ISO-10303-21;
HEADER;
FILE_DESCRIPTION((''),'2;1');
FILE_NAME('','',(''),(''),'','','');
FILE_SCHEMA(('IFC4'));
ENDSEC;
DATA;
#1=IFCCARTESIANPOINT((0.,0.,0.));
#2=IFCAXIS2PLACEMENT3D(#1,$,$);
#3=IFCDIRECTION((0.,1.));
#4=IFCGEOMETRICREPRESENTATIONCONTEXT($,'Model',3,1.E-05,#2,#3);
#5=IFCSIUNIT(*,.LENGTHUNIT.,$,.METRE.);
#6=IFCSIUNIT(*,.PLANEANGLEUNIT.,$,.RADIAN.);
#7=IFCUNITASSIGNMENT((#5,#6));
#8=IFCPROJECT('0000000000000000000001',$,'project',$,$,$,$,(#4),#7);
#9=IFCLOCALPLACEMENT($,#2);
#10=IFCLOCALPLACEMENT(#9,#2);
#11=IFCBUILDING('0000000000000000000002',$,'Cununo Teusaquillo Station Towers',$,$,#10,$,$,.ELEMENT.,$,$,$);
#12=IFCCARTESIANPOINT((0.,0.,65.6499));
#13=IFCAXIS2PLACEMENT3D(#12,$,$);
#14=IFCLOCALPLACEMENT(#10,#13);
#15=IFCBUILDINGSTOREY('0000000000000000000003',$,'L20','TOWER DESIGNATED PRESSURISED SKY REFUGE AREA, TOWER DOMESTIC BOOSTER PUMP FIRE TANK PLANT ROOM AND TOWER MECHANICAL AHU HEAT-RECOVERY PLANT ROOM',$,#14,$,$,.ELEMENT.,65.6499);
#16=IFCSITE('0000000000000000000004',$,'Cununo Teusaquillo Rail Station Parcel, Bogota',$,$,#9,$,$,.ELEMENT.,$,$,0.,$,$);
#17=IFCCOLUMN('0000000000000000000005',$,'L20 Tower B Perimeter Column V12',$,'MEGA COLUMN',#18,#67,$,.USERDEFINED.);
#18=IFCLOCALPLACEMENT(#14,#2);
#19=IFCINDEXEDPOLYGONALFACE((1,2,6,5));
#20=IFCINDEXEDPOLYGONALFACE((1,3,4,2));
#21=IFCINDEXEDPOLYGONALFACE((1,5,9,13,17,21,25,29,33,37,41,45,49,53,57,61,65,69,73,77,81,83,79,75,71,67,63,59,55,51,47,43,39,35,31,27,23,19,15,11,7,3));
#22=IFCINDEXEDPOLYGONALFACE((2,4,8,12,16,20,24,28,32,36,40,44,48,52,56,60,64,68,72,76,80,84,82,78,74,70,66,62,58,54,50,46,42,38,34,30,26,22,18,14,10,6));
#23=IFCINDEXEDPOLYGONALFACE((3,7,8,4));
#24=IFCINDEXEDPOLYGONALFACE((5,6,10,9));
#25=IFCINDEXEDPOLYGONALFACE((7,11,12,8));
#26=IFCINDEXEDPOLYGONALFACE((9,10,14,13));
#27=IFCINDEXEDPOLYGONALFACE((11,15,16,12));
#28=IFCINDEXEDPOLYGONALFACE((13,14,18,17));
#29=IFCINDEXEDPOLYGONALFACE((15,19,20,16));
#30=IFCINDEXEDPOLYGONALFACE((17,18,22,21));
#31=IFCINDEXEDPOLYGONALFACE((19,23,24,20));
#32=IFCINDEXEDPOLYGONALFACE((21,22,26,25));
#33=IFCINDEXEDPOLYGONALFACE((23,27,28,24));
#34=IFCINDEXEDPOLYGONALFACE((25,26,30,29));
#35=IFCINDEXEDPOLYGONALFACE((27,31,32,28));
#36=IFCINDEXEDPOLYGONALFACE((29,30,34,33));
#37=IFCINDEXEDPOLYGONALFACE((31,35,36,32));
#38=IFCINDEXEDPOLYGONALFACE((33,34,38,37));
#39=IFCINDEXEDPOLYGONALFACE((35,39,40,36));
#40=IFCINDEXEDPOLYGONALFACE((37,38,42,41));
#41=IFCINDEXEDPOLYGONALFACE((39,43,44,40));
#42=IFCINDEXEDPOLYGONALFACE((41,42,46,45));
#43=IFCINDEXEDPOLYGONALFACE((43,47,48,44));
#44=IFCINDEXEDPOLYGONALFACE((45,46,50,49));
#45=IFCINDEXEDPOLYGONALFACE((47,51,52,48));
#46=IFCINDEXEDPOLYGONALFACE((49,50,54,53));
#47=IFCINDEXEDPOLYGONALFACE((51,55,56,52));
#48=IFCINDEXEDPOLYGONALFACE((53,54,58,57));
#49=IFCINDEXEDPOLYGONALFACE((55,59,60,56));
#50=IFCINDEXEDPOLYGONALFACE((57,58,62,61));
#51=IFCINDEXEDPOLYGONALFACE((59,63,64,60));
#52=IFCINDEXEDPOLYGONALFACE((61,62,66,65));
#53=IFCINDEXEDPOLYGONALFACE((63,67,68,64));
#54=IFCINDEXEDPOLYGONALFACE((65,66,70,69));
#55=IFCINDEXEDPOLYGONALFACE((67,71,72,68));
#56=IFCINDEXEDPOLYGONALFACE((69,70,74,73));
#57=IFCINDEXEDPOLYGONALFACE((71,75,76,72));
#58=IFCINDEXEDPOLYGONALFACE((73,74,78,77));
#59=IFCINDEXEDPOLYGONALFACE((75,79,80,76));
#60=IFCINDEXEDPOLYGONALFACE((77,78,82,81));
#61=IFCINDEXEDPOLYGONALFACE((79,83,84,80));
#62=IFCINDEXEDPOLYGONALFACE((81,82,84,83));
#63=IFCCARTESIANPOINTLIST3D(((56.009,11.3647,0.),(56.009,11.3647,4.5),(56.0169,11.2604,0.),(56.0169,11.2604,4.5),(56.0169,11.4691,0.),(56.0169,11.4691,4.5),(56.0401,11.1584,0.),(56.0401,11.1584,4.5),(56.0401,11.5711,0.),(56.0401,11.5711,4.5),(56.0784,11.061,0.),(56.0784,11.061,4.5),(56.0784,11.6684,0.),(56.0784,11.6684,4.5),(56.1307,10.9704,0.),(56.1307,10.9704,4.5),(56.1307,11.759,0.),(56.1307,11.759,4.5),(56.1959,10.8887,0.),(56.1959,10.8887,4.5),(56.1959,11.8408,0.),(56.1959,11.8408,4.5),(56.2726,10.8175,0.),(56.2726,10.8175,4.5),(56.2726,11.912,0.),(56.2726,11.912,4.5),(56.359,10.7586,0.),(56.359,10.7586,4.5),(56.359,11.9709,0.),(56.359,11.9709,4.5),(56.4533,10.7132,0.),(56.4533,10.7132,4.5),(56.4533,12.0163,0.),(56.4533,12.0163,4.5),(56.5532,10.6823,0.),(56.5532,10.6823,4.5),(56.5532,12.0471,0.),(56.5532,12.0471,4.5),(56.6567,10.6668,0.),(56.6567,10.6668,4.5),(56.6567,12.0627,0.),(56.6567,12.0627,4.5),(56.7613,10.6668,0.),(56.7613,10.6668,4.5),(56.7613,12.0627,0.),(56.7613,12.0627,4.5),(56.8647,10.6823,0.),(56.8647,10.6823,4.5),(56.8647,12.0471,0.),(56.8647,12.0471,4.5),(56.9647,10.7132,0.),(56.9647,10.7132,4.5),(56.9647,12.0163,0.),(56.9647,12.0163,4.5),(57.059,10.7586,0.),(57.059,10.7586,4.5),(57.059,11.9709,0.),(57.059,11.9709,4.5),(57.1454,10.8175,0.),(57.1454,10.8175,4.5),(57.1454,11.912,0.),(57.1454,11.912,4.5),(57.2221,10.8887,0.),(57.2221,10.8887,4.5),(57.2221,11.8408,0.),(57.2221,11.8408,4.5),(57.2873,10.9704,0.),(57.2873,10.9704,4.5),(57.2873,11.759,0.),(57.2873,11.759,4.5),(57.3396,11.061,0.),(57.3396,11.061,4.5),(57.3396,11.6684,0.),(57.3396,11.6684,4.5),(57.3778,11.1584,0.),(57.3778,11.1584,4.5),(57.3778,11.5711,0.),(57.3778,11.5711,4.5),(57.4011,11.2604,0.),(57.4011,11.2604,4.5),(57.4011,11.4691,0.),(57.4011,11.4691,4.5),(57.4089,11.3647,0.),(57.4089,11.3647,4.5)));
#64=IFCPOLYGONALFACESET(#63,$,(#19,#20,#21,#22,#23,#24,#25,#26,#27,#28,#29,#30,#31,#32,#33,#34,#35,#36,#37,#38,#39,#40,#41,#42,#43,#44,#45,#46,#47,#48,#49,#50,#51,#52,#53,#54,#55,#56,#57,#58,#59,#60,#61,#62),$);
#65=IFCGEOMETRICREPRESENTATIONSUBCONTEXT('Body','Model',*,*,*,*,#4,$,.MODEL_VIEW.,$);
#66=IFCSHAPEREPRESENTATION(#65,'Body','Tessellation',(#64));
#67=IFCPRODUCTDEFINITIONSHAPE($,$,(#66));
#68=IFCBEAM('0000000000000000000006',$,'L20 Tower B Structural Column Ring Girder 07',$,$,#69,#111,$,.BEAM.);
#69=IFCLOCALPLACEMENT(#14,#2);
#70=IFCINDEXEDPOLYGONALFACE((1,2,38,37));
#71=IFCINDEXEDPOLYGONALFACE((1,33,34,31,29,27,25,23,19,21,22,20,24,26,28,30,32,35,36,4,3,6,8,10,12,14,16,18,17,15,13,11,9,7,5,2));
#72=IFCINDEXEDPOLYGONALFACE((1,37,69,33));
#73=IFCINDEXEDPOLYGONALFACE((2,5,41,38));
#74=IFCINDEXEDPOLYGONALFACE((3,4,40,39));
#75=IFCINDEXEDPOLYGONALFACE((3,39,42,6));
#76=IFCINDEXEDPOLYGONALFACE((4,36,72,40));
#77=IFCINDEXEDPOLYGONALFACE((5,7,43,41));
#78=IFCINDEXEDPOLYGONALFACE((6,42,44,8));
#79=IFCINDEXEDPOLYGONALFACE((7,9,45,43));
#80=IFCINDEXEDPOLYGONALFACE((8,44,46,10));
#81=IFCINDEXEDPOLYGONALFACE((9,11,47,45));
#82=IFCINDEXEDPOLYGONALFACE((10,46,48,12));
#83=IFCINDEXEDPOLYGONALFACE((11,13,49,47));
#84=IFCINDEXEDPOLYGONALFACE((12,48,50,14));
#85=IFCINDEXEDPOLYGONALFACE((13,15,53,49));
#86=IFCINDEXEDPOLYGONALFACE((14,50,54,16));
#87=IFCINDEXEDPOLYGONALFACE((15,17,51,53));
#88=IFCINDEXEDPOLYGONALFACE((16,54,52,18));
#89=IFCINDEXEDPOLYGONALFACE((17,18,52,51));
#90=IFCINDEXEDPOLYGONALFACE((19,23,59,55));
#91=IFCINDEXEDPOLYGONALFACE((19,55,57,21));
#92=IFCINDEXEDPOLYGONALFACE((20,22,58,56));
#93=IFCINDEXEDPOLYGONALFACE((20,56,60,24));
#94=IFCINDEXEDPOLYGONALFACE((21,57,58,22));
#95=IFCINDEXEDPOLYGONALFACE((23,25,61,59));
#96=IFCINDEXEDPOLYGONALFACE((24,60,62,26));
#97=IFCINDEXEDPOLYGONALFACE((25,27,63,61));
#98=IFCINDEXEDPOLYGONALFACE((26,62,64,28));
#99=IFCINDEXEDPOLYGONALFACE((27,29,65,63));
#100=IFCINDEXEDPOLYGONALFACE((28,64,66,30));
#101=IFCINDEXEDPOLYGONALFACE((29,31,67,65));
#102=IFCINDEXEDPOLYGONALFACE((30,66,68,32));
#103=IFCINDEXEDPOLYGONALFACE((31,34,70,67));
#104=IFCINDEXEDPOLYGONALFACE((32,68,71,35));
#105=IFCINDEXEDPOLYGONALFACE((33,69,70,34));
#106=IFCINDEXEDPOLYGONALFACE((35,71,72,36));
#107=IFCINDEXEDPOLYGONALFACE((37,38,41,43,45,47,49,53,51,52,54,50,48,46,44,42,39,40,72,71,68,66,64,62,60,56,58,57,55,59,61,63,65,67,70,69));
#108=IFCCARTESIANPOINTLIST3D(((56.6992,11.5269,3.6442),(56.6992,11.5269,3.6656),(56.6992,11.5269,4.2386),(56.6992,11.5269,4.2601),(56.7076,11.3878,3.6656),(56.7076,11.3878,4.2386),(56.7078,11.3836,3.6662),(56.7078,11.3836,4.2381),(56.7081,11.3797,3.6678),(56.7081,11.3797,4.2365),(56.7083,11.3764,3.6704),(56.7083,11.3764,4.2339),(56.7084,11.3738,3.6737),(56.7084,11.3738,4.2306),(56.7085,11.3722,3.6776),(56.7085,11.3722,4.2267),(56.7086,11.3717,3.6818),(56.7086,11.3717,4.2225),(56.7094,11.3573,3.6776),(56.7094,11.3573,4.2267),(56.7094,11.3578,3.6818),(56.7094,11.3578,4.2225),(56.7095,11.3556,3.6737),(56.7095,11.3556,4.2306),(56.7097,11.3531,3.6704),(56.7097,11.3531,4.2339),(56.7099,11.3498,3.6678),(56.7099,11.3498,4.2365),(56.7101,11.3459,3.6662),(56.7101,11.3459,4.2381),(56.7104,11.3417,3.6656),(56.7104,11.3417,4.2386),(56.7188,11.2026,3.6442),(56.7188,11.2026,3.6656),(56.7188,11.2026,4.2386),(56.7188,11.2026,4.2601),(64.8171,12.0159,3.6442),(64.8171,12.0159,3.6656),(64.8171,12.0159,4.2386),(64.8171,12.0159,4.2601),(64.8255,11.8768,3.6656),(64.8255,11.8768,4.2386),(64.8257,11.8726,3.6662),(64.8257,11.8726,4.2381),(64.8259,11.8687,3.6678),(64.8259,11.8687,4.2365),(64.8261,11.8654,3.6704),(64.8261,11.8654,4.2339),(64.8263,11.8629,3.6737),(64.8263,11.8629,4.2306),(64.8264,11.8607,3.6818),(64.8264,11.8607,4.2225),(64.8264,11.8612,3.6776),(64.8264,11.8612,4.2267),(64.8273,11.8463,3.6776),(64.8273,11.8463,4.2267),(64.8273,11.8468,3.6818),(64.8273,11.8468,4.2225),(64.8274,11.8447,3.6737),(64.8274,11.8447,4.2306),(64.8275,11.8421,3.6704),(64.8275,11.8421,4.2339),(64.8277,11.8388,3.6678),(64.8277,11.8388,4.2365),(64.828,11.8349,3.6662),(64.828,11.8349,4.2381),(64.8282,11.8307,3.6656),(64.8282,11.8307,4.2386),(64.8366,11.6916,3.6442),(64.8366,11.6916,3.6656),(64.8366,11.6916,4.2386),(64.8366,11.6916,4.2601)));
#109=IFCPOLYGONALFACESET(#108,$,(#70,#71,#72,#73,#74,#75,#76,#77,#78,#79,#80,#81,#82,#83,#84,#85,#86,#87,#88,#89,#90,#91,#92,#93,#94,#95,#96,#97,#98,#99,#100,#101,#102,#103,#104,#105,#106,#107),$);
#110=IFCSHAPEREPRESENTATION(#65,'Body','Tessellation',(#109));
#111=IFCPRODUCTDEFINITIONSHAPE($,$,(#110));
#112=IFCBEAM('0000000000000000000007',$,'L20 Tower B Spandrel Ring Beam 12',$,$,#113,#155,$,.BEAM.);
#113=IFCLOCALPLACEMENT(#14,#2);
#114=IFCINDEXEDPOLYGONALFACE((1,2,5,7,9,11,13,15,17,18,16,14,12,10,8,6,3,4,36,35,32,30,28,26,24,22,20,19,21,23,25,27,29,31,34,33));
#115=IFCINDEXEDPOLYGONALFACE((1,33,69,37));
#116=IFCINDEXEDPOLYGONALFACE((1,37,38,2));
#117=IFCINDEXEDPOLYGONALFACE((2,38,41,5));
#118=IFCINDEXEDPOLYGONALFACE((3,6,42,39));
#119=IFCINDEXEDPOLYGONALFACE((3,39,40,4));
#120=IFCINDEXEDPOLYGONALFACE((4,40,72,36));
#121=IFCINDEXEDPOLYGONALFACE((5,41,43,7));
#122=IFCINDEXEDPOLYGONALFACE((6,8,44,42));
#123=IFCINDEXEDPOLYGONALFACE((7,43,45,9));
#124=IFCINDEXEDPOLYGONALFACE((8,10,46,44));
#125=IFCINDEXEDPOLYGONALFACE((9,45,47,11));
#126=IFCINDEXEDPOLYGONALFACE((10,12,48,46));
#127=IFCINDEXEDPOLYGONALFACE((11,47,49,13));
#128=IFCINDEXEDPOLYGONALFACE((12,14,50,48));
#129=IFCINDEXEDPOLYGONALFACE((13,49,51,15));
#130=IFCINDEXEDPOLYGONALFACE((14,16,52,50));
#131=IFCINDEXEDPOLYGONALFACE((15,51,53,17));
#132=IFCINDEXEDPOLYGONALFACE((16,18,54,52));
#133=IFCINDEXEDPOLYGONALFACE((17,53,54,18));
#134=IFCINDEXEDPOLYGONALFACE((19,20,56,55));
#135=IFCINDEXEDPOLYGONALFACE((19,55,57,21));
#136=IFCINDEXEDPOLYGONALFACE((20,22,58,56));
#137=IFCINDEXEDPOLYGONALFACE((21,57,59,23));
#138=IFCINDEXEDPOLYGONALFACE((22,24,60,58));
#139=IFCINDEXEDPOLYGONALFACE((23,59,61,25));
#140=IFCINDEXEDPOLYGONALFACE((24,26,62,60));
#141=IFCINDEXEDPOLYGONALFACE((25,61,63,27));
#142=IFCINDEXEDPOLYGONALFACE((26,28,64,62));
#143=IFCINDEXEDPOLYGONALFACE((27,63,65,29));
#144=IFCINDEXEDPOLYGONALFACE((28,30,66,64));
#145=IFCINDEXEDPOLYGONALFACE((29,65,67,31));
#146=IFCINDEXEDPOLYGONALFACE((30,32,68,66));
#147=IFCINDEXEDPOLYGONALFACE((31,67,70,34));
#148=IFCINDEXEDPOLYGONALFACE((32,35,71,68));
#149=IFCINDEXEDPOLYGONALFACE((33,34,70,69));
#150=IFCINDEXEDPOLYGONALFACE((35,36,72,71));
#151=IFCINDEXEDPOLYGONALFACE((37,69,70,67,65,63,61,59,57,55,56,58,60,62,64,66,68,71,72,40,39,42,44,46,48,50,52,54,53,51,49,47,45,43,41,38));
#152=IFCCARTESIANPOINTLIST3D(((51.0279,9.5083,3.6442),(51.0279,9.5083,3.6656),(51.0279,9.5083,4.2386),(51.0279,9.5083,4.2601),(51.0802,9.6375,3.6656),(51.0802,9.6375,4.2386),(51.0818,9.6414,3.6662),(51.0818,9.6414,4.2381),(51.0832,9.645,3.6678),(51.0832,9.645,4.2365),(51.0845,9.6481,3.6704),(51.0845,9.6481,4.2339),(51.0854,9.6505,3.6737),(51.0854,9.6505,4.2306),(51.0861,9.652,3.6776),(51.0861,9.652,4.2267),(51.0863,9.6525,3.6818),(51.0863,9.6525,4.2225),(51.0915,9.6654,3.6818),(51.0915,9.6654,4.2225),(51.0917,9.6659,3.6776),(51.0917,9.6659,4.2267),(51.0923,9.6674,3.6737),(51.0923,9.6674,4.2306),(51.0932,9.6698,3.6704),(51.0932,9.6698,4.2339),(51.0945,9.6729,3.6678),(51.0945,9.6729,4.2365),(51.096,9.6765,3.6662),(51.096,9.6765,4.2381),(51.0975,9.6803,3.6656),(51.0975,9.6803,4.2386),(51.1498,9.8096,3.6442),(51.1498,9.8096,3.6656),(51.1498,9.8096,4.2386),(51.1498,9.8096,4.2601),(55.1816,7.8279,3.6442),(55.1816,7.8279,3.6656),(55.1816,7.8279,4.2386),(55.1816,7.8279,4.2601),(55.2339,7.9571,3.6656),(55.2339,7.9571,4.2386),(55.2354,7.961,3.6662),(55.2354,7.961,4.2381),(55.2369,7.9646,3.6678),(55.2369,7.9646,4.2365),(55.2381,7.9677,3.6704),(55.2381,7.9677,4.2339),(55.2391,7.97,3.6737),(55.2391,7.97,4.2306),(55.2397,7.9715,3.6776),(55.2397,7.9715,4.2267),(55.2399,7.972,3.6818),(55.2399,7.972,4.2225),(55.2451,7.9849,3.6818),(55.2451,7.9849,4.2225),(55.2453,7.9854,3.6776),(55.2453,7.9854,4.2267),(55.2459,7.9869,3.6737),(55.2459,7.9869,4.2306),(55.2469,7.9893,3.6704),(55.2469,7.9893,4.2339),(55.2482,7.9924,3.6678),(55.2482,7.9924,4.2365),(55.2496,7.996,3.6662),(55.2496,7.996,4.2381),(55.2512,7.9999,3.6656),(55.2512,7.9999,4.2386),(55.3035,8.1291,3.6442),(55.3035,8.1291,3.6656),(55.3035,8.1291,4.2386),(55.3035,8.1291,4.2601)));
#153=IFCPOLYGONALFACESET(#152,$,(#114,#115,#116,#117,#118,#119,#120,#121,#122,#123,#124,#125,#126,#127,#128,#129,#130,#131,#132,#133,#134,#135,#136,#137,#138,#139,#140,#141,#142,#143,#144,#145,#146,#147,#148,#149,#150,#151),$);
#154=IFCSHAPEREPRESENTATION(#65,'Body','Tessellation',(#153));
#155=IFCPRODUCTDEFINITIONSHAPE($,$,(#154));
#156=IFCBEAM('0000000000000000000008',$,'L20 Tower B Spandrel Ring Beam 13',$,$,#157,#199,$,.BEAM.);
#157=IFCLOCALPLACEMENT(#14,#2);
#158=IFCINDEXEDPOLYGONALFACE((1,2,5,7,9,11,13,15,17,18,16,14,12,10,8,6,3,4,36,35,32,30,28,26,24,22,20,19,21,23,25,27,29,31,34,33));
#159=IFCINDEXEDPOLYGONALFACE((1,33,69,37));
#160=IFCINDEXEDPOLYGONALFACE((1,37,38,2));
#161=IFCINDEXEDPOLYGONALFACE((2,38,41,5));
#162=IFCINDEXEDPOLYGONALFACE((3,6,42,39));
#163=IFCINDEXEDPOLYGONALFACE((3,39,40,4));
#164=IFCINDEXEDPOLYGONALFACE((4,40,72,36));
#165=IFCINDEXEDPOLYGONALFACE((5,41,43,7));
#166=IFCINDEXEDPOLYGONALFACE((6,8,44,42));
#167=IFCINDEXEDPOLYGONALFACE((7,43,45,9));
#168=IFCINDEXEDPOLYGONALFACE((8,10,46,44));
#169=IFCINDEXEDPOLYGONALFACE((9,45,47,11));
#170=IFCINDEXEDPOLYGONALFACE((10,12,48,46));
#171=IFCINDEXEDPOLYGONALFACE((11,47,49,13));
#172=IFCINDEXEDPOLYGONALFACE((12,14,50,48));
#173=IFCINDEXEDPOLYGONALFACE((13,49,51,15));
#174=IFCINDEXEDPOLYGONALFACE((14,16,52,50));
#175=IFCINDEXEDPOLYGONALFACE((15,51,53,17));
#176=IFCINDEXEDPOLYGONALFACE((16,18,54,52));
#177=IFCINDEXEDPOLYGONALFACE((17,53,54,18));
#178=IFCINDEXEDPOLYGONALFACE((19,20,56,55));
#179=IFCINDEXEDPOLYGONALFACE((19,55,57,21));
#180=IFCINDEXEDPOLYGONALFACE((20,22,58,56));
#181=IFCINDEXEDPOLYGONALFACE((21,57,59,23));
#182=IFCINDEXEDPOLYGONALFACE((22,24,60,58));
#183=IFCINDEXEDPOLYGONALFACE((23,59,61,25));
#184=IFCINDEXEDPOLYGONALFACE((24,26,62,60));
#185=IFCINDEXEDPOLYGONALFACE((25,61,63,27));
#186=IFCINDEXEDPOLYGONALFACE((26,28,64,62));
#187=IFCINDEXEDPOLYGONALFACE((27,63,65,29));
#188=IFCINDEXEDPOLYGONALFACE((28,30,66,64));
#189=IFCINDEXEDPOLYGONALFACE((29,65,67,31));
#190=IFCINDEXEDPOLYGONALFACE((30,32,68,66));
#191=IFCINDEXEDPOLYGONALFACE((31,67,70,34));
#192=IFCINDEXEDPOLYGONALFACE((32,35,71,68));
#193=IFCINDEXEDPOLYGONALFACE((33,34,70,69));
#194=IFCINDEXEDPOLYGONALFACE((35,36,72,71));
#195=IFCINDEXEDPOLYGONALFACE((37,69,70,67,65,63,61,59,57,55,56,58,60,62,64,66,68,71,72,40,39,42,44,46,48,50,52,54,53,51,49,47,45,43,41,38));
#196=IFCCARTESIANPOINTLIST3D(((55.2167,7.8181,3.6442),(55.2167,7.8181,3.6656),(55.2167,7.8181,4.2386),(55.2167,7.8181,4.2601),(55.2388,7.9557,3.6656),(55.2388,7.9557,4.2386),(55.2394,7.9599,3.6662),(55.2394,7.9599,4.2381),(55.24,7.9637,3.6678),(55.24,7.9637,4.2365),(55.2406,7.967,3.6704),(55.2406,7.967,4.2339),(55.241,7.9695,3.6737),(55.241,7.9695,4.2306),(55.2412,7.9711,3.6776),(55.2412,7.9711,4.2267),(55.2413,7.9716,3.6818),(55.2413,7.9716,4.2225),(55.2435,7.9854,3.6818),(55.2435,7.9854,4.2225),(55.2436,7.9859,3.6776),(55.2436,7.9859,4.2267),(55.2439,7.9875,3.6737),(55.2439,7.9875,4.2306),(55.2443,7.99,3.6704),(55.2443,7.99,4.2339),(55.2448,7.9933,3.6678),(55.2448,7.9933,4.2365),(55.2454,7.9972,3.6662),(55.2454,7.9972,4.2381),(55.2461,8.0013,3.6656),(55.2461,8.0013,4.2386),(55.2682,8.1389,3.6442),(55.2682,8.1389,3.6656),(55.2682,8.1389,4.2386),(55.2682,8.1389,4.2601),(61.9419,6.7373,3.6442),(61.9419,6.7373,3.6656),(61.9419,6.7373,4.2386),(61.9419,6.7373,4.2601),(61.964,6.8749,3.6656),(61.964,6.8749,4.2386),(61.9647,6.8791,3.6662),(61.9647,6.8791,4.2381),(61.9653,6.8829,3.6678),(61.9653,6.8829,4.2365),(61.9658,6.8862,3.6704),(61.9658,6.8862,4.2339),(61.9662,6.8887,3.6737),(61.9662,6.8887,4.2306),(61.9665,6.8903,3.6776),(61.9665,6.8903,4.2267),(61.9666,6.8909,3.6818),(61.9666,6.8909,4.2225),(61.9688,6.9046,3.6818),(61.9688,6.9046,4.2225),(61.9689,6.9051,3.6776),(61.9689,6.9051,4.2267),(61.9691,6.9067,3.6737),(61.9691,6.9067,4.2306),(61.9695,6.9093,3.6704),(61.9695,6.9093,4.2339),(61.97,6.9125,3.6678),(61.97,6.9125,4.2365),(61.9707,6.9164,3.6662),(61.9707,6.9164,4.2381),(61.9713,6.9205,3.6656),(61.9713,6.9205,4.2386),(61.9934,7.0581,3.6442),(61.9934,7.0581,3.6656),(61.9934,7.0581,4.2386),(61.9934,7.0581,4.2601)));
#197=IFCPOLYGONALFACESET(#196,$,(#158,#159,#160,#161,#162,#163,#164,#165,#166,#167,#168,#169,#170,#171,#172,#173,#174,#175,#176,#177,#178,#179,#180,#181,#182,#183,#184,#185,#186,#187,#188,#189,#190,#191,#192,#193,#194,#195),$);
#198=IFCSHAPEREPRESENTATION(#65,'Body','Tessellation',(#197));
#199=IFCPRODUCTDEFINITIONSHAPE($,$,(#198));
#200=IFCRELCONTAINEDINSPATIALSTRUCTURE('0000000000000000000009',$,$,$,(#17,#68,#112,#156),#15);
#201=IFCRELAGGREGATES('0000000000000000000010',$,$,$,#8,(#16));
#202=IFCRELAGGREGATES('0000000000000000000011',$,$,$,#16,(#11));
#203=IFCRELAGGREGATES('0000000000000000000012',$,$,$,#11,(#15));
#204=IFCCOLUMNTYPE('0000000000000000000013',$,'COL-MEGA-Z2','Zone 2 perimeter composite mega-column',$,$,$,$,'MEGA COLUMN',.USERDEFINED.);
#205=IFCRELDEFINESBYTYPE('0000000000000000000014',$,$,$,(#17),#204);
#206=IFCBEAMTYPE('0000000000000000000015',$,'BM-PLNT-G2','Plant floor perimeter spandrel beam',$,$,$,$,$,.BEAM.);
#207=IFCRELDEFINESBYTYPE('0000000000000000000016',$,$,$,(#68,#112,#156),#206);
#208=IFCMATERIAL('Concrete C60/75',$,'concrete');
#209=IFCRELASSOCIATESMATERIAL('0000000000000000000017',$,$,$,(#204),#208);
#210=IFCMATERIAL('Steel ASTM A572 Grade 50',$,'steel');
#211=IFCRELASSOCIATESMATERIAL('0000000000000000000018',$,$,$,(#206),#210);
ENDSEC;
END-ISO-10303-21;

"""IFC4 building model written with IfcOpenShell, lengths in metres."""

from ifc_helpers import new_model, si_unit, direction, frame, origin, origin_2d, place, context, subcontext, project, spatial, circle, i_section, extrude, material, material_profile, profile_set, type_object, element, save


model = new_model("IFC4")

# Units and contexts
model_context = context("Model", 3, precision=1e-05, world=origin(), true_north=direction((0.0, 1.0)))
body_context = subcontext(model_context, "Body", "Model", "MODEL_VIEW")
ifc_project = project(units=[si_unit("LENGTHUNIT", "METRE"), si_unit("PLANEANGLEUNIT", "RADIAN")], contexts=[model_context])

# Site, building, storey
site_placement = place(None, origin())
site = spatial("IfcSite", under=ifc_project, at=site_placement, Name="Cununo Teusaquillo Rail Station Parcel, Bogota", CompositionType="ELEMENT", RefElevation=0.0)
building_placement = place(site_placement, origin())
building = spatial("IfcBuilding", under=site, at=building_placement, Name="Cununo Teusaquillo Station Towers", CompositionType="ELEMENT")
storey_placement = place(building_placement, frame((0.0, 0.0, 65.6499)))
storey = spatial("IfcBuildingStorey", under=building, at=storey_placement, Name="L20", Description="TOWER DESIGNATED PRESSURISED SKY REFUGE AREA, TOWER DOMESTIC BOOSTER PUMP FIRE TANK PLANT ROOM AND TOWER MECHANICAL AHU HEAT-RECOVERY PLANT ROOM", CompositionType="ELEMENT", Elevation=65.6499)

# Column
ifc_material_1 = material(Name="Concrete C60/75", Category="concrete")
ifc_material_profile_1 = material_profile(ifc_material_1, circle(Radius=0.7, at=origin_2d()), Name="RC-CIRC-1400")
ifc_profile_set_1 = profile_set([ifc_material_profile_1], Name="Concrete C60/75")
column_type = type_object("IfcColumnType", Name="COL-MEGA-Z2", Description="Zone 2 perimeter composite mega-column", ElementType="MEGA COLUMN", PredefinedType="USERDEFINED", material=ifc_profile_set_1)
column_placement = place(storey_placement, frame((56.709, 11.3647, 0.0), z_axis=(0.0, 0.0, 1.0), x_axis=(1.0, 0.0, 0.0)))
element("IfcColumn", 1, at=column_placement, inside=storey, type_object=column_type, Name="L20 Tower B Perimeter Column V12", ObjectType="MEGA COLUMN", PredefinedType="USERDEFINED", context=body_context, shape_type="SweptSolid", body=[
    extrude(circle(Radius=0.7, at=origin_2d()), origin(), (0.0, 0.0, 1.0), 4.5),
])

# Beams
ifc_material_2 = material(Name="Steel ASTM A572 Grade 50", Category="steel")
ifc_material_profile_2 = material_profile(ifc_material_2, i_section(OverallWidth=0.325, OverallDepth=0.616, WebThickness=0.0139, FlangeThickness=0.0215, FilletRadius=0.0161, at=origin_2d()), Name="W24X117")
ifc_profile_set_2 = profile_set([ifc_material_profile_2], Name="Steel ASTM A572 Grade 50")
beam_type = type_object("IfcBeamType", Name="BM-PLNT-G2", Description="Plant floor perimeter spandrel beam", PredefinedType="BEAM", material=ifc_profile_set_2)
beam_1_placement = place(storey_placement, frame((56.709, 11.3647, 3.9521), z_axis=(0.998191, 0.06013, 0.0), x_axis=(-0.06013, 0.998191, 0.0)))
element("IfcBeam", 2, at=beam_1_placement, inside=storey, type_object=beam_type, Name="L20 Tower B Structural Column Ring Girder 07", PredefinedType="BEAM", context=body_context, shape_type="SweptSolid", body=[
    extrude(i_section(OverallWidth=0.325, OverallDepth=0.616, WebThickness=0.0139, FlangeThickness=0.0215, FilletRadius=0.0161, at=origin_2d()), origin(), (0.0, 0.0, 1.0), 8.1326),
])
beam_2_placement = place(storey_placement, frame((51.0889, 9.6589, 3.9521), z_axis=(0.927008, -0.375042, 0.0), x_axis=(0.375042, 0.927008, 0.0)))
element("IfcBeam", 3, at=beam_2_placement, inside=storey, type_object=beam_type, Name="L20 Tower B Spandrel Ring Beam 12", PredefinedType="BEAM", context=body_context, shape_type="SweptSolid", body=[
    extrude(i_section(OverallWidth=0.325, OverallDepth=0.616, WebThickness=0.0139, FlangeThickness=0.0215, FilletRadius=0.0161, at=origin_2d()), origin(), (0.0, 0.0, 1.0), 4.4807),
])
beam_3_placement = place(storey_placement, frame((55.2424, 7.9785, 3.9521), z_axis=(0.987331, -0.158671, 0.0), x_axis=(0.158671, 0.987331, 0.0)))
element("IfcBeam", 4, at=beam_3_placement, inside=storey, type_object=beam_type, Name="L20 Tower B Spandrel Ring Beam 13", PredefinedType="BEAM", context=body_context, shape_type="SweptSolid", body=[
    extrude(i_section(OverallWidth=0.325, OverallDepth=0.616, WebThickness=0.0139, FlangeThickness=0.0215, FilletRadius=0.0161, at=origin_2d()), origin(), (0.0, 0.0, 1.0), 6.8115),
])

save(model, "model.ifc")
